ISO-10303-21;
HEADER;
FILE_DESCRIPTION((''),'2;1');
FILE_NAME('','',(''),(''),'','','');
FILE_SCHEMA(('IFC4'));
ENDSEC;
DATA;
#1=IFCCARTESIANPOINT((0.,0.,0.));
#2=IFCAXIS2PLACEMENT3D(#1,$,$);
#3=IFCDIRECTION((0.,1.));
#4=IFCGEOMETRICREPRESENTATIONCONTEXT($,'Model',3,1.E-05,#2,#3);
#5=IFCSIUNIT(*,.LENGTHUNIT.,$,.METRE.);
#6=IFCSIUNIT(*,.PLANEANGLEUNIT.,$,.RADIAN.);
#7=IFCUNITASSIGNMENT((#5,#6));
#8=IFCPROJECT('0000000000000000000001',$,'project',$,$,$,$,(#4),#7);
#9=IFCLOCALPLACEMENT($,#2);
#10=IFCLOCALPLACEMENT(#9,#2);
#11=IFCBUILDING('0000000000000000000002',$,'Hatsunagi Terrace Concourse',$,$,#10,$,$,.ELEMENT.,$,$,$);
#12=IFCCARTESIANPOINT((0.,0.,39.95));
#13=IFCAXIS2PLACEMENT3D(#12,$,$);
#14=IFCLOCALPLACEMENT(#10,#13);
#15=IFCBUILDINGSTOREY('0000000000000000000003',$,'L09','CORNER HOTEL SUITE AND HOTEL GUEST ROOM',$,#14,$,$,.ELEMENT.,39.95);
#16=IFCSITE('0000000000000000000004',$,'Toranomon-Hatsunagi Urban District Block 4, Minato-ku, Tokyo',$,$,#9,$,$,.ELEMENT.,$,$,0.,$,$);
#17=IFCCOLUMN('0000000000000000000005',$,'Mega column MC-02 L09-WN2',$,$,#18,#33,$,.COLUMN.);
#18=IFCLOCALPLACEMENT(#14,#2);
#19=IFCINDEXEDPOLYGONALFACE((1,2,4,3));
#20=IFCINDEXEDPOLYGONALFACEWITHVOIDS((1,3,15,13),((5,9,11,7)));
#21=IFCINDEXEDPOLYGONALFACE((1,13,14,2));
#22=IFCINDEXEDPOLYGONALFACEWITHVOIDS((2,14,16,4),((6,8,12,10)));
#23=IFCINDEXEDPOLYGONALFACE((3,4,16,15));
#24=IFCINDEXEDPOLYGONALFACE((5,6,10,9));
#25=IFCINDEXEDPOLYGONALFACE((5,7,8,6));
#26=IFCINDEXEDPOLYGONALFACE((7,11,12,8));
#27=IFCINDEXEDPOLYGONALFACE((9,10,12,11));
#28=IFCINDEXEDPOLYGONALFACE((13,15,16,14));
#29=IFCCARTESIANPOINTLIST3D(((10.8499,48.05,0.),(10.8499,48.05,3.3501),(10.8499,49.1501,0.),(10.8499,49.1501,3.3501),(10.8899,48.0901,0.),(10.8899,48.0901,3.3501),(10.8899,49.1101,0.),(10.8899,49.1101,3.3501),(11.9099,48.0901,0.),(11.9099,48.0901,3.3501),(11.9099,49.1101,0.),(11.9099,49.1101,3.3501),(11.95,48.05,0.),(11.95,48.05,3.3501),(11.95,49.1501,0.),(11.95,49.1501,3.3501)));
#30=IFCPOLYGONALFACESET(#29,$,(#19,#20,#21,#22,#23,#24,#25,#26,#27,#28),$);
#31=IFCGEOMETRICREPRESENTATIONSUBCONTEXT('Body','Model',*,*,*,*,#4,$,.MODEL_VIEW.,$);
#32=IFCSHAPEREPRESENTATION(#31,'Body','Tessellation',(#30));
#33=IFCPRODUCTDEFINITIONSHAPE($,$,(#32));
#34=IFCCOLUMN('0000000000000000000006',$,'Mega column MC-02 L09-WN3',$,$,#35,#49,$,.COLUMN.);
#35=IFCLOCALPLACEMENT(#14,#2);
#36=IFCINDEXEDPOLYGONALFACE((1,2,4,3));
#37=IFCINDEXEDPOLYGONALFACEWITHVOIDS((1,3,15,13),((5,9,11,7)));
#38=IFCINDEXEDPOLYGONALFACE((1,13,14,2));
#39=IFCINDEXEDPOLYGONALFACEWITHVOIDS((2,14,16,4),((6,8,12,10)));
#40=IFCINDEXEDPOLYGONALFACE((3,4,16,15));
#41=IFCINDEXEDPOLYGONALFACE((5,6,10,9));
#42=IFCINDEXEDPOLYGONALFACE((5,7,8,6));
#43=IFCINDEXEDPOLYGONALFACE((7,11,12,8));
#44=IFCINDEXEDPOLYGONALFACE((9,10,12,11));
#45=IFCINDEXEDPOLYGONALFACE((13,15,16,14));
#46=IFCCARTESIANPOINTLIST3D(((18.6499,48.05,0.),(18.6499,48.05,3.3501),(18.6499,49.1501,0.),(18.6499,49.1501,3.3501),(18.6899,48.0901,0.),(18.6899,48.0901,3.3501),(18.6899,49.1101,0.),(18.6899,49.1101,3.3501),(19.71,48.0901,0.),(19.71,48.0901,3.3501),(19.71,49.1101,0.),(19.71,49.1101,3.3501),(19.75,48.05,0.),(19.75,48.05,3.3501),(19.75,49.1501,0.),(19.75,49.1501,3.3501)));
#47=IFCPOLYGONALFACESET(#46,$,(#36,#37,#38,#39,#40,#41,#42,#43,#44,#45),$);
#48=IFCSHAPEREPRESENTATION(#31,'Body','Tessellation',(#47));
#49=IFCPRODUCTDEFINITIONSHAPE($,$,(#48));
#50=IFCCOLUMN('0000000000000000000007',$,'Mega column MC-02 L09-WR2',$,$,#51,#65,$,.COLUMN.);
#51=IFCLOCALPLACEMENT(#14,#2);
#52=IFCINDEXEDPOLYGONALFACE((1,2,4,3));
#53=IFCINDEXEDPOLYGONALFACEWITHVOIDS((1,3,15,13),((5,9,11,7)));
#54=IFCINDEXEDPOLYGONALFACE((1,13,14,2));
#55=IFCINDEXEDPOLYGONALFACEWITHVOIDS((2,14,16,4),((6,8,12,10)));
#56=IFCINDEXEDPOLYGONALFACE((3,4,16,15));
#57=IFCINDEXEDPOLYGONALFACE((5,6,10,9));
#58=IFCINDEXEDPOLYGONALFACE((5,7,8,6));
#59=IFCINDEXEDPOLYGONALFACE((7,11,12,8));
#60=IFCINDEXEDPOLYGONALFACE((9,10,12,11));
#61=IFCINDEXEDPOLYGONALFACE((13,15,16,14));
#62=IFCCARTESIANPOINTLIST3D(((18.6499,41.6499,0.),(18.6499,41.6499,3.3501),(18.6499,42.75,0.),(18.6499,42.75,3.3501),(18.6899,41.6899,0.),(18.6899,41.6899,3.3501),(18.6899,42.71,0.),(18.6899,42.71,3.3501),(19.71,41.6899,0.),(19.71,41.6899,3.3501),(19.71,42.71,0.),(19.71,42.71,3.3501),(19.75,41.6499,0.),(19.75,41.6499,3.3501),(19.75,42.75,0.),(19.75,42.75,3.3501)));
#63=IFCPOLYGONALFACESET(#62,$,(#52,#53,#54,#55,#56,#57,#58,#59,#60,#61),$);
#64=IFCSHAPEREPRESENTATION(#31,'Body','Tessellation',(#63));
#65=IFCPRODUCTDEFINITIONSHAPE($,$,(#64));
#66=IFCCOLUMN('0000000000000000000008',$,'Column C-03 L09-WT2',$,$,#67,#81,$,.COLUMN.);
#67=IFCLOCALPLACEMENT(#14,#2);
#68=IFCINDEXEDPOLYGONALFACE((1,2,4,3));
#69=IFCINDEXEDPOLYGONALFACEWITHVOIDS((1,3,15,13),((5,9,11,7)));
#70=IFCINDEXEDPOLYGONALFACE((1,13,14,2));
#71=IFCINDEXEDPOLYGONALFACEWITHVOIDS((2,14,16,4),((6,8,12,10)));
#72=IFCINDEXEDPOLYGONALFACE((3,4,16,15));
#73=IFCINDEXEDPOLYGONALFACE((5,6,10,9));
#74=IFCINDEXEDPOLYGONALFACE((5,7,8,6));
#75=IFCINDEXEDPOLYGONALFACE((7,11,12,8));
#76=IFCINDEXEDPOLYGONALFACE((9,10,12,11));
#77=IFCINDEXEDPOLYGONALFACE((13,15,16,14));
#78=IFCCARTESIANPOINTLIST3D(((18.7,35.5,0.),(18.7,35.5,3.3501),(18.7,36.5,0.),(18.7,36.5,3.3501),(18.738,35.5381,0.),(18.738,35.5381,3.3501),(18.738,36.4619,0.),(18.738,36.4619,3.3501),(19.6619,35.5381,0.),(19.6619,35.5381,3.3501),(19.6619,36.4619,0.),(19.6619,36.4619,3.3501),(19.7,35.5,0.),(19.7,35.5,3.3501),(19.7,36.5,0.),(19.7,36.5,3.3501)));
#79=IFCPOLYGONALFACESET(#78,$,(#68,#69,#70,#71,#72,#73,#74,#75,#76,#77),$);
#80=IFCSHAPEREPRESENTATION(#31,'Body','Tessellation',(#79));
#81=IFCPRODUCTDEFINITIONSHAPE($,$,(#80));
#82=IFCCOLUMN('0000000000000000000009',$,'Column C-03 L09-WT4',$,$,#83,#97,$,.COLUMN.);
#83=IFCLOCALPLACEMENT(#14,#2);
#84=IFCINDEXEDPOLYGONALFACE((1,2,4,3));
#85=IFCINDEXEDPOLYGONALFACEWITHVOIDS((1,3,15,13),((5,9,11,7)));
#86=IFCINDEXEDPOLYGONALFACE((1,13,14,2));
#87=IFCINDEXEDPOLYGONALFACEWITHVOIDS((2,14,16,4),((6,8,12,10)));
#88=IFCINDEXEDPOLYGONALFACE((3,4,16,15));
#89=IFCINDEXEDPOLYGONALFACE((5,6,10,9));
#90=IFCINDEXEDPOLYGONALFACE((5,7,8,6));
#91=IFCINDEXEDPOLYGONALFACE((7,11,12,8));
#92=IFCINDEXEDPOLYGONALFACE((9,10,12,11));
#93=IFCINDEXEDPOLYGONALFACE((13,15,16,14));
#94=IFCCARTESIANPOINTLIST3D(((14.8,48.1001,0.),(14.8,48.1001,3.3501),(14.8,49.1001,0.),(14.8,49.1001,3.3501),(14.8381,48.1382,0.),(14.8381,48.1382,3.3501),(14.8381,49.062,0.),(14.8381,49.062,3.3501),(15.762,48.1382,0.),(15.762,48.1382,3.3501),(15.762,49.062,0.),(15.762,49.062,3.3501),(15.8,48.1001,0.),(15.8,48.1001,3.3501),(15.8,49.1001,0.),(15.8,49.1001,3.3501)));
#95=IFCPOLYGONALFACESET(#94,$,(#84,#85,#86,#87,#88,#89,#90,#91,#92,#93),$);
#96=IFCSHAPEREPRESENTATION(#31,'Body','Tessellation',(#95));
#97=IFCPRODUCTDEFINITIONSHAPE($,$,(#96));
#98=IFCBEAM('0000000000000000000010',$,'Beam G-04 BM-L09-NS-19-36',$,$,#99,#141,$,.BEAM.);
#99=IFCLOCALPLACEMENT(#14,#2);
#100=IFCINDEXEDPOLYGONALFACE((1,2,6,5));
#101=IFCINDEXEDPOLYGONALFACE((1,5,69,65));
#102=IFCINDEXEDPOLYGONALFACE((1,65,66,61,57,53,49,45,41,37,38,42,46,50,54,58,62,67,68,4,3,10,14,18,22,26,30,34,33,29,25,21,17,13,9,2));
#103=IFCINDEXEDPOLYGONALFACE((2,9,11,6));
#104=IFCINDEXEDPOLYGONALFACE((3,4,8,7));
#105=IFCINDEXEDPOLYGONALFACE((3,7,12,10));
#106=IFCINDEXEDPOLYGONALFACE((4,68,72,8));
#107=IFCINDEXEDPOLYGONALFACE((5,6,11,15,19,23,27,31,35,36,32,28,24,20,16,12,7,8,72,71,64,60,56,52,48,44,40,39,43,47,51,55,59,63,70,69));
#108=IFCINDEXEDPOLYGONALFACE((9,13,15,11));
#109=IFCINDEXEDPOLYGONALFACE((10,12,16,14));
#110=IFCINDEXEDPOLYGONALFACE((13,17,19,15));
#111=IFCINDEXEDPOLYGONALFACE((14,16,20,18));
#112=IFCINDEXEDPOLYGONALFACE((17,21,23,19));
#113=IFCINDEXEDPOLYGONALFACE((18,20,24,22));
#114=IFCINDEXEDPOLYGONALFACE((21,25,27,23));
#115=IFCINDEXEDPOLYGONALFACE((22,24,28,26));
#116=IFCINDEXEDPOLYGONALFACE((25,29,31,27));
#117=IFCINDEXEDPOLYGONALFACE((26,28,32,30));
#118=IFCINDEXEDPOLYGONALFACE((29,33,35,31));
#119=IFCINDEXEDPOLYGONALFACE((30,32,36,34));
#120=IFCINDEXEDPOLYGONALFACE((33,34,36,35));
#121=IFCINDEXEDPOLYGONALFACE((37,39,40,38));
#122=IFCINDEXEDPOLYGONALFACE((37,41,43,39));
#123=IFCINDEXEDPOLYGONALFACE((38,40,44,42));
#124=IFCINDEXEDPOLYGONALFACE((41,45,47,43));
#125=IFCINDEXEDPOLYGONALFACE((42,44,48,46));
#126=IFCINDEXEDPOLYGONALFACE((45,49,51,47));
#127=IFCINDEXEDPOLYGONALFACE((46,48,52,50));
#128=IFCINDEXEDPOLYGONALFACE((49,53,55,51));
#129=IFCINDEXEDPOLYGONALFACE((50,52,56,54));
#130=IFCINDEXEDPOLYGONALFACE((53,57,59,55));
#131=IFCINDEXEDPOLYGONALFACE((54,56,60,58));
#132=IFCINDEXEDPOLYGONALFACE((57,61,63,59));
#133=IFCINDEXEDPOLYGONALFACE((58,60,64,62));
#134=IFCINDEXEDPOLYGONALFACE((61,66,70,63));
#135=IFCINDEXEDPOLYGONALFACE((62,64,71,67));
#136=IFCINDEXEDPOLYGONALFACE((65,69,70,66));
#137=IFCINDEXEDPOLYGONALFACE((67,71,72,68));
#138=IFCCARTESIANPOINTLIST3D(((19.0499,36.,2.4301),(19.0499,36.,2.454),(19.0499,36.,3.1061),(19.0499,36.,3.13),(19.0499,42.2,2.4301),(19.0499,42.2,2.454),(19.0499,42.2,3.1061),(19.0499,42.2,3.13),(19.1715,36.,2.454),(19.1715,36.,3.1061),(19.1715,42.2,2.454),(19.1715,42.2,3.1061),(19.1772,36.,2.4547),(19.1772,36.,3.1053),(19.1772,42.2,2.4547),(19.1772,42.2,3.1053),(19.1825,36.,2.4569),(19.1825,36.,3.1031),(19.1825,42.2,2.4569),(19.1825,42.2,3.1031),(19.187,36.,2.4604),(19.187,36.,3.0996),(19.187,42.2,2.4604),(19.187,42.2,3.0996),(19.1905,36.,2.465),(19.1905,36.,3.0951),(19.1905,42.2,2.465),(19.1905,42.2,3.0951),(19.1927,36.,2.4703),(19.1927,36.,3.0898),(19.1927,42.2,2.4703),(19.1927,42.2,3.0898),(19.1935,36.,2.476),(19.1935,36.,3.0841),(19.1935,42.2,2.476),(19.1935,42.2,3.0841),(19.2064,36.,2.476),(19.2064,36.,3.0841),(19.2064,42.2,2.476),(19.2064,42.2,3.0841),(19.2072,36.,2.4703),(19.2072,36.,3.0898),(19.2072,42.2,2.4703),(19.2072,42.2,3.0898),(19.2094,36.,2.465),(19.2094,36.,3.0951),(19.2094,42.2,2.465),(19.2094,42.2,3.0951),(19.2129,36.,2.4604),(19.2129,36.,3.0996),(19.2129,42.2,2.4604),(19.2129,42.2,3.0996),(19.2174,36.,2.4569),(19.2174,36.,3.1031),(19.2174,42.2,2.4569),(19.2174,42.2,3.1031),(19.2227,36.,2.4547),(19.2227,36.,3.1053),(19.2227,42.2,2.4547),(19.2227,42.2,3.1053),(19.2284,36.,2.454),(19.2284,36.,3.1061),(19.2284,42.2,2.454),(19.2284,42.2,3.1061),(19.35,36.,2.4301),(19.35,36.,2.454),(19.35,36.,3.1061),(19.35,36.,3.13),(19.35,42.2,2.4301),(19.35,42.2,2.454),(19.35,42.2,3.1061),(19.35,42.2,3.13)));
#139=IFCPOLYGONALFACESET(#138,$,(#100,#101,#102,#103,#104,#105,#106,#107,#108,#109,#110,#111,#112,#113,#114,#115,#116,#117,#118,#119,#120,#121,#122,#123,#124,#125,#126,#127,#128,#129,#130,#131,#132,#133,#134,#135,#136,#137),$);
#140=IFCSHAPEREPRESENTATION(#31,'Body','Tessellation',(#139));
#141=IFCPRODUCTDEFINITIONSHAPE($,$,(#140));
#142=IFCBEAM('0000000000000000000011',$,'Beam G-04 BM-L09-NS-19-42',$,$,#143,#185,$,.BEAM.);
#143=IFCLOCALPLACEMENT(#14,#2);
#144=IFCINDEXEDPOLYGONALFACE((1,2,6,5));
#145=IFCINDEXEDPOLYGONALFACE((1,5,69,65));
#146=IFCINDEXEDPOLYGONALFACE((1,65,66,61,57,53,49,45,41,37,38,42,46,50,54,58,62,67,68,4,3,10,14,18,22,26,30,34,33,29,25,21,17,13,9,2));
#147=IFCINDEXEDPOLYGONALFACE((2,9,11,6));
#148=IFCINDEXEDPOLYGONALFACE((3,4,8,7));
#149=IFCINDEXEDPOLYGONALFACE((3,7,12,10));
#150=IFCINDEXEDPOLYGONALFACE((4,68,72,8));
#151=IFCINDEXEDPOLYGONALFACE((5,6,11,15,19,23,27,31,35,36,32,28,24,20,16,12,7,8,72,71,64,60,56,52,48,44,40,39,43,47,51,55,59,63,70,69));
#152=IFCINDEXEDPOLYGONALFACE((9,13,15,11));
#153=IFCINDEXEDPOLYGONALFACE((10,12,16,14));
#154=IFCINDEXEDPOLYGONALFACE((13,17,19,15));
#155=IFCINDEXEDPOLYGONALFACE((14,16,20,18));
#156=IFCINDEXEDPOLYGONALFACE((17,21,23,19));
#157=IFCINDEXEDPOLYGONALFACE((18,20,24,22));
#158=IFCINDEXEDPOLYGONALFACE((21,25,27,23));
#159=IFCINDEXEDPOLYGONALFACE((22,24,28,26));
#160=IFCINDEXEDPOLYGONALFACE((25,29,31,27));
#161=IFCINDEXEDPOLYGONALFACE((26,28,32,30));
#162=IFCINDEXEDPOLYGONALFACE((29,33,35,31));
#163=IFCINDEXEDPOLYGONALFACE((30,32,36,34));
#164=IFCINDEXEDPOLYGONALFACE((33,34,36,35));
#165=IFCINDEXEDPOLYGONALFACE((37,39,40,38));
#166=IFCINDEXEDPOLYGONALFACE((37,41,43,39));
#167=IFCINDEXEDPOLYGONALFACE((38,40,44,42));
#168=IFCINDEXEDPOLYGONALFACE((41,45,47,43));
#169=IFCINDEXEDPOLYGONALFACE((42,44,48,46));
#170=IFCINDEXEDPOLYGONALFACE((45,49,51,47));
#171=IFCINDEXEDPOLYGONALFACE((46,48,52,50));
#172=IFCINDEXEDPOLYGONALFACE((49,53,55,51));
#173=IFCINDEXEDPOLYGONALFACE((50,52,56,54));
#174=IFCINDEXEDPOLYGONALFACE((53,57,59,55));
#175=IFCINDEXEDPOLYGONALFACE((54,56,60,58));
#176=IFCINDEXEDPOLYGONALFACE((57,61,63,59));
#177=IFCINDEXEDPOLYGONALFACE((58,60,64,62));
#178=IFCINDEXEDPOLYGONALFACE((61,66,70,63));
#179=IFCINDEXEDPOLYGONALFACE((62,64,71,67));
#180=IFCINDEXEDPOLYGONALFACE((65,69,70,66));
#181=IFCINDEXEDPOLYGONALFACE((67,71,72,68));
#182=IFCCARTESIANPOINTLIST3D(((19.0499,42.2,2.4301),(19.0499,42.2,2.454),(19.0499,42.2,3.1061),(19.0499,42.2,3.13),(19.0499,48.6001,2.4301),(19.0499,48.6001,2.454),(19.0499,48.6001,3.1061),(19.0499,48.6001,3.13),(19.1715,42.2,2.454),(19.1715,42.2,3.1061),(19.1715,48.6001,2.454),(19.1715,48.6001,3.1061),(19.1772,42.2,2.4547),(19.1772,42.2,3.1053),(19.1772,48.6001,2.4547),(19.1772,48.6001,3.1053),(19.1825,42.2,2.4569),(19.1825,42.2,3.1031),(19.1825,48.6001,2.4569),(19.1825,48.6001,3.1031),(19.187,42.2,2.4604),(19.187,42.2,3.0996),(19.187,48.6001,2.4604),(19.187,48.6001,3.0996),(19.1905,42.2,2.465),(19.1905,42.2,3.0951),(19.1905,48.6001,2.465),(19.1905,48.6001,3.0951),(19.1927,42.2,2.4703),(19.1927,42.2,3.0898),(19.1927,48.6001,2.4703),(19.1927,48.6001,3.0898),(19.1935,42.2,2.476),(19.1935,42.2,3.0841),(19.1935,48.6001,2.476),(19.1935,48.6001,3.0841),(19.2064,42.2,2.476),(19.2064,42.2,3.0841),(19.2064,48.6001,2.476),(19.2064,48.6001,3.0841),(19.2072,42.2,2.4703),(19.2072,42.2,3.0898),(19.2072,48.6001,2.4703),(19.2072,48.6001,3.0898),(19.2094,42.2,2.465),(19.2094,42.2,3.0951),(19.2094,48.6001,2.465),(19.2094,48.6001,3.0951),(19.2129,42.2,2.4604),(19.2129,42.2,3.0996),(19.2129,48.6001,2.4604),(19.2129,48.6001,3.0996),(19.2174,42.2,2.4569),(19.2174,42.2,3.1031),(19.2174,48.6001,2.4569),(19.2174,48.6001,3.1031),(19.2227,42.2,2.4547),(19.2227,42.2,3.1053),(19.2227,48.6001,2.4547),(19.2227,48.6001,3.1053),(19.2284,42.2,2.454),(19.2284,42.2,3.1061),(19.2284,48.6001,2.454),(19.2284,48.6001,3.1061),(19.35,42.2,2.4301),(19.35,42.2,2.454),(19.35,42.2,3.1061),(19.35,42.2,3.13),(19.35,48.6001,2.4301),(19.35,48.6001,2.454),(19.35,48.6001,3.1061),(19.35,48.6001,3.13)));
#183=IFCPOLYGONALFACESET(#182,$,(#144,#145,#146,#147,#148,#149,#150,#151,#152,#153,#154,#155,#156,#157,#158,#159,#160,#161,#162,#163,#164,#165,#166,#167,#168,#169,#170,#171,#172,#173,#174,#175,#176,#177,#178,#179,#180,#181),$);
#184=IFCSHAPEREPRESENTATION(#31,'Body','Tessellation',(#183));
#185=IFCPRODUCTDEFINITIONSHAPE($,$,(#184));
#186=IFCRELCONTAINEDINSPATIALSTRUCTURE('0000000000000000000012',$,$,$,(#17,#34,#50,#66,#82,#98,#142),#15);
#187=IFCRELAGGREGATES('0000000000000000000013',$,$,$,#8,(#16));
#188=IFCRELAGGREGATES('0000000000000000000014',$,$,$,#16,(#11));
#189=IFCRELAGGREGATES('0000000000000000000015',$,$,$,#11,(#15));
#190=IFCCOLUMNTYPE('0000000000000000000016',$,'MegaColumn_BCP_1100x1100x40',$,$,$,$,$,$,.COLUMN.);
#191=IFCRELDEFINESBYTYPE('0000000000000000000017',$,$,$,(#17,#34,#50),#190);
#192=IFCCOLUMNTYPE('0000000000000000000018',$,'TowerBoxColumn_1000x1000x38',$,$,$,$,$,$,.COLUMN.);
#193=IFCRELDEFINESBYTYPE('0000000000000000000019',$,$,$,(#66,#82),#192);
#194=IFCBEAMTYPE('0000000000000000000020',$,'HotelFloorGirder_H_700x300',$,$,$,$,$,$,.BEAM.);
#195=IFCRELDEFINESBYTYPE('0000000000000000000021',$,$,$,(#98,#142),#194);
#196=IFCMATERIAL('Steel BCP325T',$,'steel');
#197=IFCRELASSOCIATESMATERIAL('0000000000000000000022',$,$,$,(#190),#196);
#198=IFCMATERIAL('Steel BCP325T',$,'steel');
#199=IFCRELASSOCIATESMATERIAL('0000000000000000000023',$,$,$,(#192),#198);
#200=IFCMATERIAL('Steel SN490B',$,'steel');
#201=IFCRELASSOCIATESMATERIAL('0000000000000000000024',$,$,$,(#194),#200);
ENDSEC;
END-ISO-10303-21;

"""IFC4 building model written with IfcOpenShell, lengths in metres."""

from ifc_helpers import new_model, si_unit, direction, frame, origin, origin_2d, place, context, subcontext, project, spatial, hollow_rectangle, i_section, extrude, material, material_profile, profile_set, type_object, element, save


model = new_model("IFC4")

# Units and contexts
model_context = context("Model", 3, precision=1e-05, world=origin(), true_north=direction((0.0, 1.0)))
body_context = subcontext(model_context, "Body", "Model", "MODEL_VIEW")
ifc_project = project(units=[si_unit("LENGTHUNIT", "METRE"), si_unit("PLANEANGLEUNIT", "RADIAN")], contexts=[model_context])

# Site, building, storey
site_placement = place(None, origin())
site = spatial("IfcSite", under=ifc_project, at=site_placement, Name="Toranomon-Hatsunagi Urban District Block 4, Minato-ku, Tokyo", CompositionType="ELEMENT", RefElevation=0.0)
building_placement = place(site_placement, origin())
building = spatial("IfcBuilding", under=site, at=building_placement, Name="Hatsunagi Terrace Concourse", CompositionType="ELEMENT")
storey_placement = place(building_placement, frame((0.0, 0.0, 39.95)))
storey = spatial("IfcBuildingStorey", under=building, at=storey_placement, Name="L09", Description="CORNER HOTEL SUITE AND HOTEL GUEST ROOM", CompositionType="ELEMENT", Elevation=39.95)

# Columns
ifc_material_1 = material(Name="Steel BCP325T", Category="steel")
ifc_material_profile_1 = material_profile(ifc_material_1, hollow_rectangle(XDim=1.1001, YDim=1.1001, WallThickness=0.04, at=origin_2d()), Name="BCP-1100x1100x40")
ifc_profile_set_1 = profile_set([ifc_material_profile_1], Name="Steel BCP325T")
column_type_1 = type_object("IfcColumnType", Name="MegaColumn_BCP_1100x1100x40", PredefinedType="COLUMN", material=ifc_profile_set_1)
for number, where, z_axis, x_axis, name in (
    (1, (11.3999, 48.6001, 0.0), (0.0, 0.0, 1.0), (1.0, 0.0, 0.0), "Mega column MC-02 L09-WN2"),
    (2, (19.2, 48.6001, 0.0), (0.0, 0.0, 1.0), (1.0, 0.0, 0.0), "Mega column MC-02 L09-WN3"),
    (3, (19.2, 42.2, 0.0), (0.0, 0.0, 1.0), (1.0, 0.0, 0.0), "Mega column MC-02 L09-WR2"),
):
    element("IfcColumn", number, at=place(storey_placement, frame(where, z_axis=z_axis, x_axis=x_axis)), inside=storey, type_object=column_type_1, Name=name, PredefinedType="COLUMN", context=body_context, shape_type="SweptSolid", body=[
        extrude(hollow_rectangle(XDim=1.1001, YDim=1.1001, WallThickness=0.04, at=origin_2d()), origin(), (0.0, 0.0, 1.0), 3.3501),
    ])
ifc_material_2 = material(Name="Steel BCP325T", Category="steel")
ifc_material_profile_2 = material_profile(ifc_material_2, hollow_rectangle(XDim=1.0, YDim=1.0, WallThickness=0.0381, at=origin_2d()), Name="BCP-1000x1000x38")
ifc_profile_set_2 = profile_set([ifc_material_profile_2], Name="Steel BCP325T")
column_type_2 = type_object("IfcColumnType", Name="TowerBoxColumn_1000x1000x38", PredefinedType="COLUMN", material=ifc_profile_set_2)
for number, where, z_axis, x_axis, name in (
    (4, (19.2, 36.0, 0.0), (0.0, 0.0, 1.0), (1.0, 0.0, 0.0), "Column C-03 L09-WT2"),
    (5, (15.3, 48.6001, 0.0), (0.0, 0.0, 1.0), (1.0, 0.0, 0.0), "Column C-03 L09-WT4"),
):
    element("IfcColumn", number, at=place(storey_placement, frame(where, z_axis=z_axis, x_axis=x_axis)), inside=storey, type_object=column_type_2, Name=name, PredefinedType="COLUMN", context=body_context, shape_type="SweptSolid", body=[
        extrude(hollow_rectangle(XDim=1.0, YDim=1.0, WallThickness=0.0381, at=origin_2d()), origin(), (0.0, 0.0, 1.0), 3.3501),
    ])

# Beams
ifc_material_3 = material(Name="Steel SN490B", Category="steel")
ifc_material_profile_3 = material_profile(ifc_material_3, i_section(OverallWidth=0.3, OverallDepth=0.7, WebThickness=0.0129, FlangeThickness=0.0239, FilletRadius=0.022, at=origin_2d()), Name="H-700x300x13x24")
ifc_profile_set_3 = profile_set([ifc_material_profile_3], Name="Steel SN490B")
beam_type_1 = type_object("IfcBeamType", Name="HotelFloorGirder_H_700x300", PredefinedType="BEAM", material=ifc_profile_set_3)
beam_1_placement = place(storey_placement, frame((19.2, 36.0, 2.78), z_axis=(0.0, 1.0, 0.0), x_axis=(-1.0, 0.0, 0.0)))
element("IfcBeam", 6, at=beam_1_placement, inside=storey, type_object=beam_type_1, Name="Beam G-04 BM-L09-NS-19-36", PredefinedType="BEAM", context=body_context, shape_type="SweptSolid", body=[
    extrude(i_section(OverallWidth=0.3, OverallDepth=0.7, WebThickness=0.0129, FlangeThickness=0.0239, FilletRadius=0.022, at=origin_2d()), origin(), (0.0, 0.0, 1.0), 6.2),
])
beam_2_placement = place(storey_placement, frame((19.2, 42.2, 2.78), z_axis=(0.0, 1.0, 0.0), x_axis=(-1.0, 0.0, 0.0)))
element("IfcBeam", 7, at=beam_2_placement, inside=storey, type_object=beam_type_1, Name="Beam G-04 BM-L09-NS-19-42", PredefinedType="BEAM", context=body_context, shape_type="SweptSolid", body=[
    extrude(i_section(OverallWidth=0.3, OverallDepth=0.7, WebThickness=0.0129, FlangeThickness=0.0239, FilletRadius=0.022, at=origin_2d()), origin(), (0.0, 0.0, 1.0), 6.4001),
])

save(model, "model.ifc")
